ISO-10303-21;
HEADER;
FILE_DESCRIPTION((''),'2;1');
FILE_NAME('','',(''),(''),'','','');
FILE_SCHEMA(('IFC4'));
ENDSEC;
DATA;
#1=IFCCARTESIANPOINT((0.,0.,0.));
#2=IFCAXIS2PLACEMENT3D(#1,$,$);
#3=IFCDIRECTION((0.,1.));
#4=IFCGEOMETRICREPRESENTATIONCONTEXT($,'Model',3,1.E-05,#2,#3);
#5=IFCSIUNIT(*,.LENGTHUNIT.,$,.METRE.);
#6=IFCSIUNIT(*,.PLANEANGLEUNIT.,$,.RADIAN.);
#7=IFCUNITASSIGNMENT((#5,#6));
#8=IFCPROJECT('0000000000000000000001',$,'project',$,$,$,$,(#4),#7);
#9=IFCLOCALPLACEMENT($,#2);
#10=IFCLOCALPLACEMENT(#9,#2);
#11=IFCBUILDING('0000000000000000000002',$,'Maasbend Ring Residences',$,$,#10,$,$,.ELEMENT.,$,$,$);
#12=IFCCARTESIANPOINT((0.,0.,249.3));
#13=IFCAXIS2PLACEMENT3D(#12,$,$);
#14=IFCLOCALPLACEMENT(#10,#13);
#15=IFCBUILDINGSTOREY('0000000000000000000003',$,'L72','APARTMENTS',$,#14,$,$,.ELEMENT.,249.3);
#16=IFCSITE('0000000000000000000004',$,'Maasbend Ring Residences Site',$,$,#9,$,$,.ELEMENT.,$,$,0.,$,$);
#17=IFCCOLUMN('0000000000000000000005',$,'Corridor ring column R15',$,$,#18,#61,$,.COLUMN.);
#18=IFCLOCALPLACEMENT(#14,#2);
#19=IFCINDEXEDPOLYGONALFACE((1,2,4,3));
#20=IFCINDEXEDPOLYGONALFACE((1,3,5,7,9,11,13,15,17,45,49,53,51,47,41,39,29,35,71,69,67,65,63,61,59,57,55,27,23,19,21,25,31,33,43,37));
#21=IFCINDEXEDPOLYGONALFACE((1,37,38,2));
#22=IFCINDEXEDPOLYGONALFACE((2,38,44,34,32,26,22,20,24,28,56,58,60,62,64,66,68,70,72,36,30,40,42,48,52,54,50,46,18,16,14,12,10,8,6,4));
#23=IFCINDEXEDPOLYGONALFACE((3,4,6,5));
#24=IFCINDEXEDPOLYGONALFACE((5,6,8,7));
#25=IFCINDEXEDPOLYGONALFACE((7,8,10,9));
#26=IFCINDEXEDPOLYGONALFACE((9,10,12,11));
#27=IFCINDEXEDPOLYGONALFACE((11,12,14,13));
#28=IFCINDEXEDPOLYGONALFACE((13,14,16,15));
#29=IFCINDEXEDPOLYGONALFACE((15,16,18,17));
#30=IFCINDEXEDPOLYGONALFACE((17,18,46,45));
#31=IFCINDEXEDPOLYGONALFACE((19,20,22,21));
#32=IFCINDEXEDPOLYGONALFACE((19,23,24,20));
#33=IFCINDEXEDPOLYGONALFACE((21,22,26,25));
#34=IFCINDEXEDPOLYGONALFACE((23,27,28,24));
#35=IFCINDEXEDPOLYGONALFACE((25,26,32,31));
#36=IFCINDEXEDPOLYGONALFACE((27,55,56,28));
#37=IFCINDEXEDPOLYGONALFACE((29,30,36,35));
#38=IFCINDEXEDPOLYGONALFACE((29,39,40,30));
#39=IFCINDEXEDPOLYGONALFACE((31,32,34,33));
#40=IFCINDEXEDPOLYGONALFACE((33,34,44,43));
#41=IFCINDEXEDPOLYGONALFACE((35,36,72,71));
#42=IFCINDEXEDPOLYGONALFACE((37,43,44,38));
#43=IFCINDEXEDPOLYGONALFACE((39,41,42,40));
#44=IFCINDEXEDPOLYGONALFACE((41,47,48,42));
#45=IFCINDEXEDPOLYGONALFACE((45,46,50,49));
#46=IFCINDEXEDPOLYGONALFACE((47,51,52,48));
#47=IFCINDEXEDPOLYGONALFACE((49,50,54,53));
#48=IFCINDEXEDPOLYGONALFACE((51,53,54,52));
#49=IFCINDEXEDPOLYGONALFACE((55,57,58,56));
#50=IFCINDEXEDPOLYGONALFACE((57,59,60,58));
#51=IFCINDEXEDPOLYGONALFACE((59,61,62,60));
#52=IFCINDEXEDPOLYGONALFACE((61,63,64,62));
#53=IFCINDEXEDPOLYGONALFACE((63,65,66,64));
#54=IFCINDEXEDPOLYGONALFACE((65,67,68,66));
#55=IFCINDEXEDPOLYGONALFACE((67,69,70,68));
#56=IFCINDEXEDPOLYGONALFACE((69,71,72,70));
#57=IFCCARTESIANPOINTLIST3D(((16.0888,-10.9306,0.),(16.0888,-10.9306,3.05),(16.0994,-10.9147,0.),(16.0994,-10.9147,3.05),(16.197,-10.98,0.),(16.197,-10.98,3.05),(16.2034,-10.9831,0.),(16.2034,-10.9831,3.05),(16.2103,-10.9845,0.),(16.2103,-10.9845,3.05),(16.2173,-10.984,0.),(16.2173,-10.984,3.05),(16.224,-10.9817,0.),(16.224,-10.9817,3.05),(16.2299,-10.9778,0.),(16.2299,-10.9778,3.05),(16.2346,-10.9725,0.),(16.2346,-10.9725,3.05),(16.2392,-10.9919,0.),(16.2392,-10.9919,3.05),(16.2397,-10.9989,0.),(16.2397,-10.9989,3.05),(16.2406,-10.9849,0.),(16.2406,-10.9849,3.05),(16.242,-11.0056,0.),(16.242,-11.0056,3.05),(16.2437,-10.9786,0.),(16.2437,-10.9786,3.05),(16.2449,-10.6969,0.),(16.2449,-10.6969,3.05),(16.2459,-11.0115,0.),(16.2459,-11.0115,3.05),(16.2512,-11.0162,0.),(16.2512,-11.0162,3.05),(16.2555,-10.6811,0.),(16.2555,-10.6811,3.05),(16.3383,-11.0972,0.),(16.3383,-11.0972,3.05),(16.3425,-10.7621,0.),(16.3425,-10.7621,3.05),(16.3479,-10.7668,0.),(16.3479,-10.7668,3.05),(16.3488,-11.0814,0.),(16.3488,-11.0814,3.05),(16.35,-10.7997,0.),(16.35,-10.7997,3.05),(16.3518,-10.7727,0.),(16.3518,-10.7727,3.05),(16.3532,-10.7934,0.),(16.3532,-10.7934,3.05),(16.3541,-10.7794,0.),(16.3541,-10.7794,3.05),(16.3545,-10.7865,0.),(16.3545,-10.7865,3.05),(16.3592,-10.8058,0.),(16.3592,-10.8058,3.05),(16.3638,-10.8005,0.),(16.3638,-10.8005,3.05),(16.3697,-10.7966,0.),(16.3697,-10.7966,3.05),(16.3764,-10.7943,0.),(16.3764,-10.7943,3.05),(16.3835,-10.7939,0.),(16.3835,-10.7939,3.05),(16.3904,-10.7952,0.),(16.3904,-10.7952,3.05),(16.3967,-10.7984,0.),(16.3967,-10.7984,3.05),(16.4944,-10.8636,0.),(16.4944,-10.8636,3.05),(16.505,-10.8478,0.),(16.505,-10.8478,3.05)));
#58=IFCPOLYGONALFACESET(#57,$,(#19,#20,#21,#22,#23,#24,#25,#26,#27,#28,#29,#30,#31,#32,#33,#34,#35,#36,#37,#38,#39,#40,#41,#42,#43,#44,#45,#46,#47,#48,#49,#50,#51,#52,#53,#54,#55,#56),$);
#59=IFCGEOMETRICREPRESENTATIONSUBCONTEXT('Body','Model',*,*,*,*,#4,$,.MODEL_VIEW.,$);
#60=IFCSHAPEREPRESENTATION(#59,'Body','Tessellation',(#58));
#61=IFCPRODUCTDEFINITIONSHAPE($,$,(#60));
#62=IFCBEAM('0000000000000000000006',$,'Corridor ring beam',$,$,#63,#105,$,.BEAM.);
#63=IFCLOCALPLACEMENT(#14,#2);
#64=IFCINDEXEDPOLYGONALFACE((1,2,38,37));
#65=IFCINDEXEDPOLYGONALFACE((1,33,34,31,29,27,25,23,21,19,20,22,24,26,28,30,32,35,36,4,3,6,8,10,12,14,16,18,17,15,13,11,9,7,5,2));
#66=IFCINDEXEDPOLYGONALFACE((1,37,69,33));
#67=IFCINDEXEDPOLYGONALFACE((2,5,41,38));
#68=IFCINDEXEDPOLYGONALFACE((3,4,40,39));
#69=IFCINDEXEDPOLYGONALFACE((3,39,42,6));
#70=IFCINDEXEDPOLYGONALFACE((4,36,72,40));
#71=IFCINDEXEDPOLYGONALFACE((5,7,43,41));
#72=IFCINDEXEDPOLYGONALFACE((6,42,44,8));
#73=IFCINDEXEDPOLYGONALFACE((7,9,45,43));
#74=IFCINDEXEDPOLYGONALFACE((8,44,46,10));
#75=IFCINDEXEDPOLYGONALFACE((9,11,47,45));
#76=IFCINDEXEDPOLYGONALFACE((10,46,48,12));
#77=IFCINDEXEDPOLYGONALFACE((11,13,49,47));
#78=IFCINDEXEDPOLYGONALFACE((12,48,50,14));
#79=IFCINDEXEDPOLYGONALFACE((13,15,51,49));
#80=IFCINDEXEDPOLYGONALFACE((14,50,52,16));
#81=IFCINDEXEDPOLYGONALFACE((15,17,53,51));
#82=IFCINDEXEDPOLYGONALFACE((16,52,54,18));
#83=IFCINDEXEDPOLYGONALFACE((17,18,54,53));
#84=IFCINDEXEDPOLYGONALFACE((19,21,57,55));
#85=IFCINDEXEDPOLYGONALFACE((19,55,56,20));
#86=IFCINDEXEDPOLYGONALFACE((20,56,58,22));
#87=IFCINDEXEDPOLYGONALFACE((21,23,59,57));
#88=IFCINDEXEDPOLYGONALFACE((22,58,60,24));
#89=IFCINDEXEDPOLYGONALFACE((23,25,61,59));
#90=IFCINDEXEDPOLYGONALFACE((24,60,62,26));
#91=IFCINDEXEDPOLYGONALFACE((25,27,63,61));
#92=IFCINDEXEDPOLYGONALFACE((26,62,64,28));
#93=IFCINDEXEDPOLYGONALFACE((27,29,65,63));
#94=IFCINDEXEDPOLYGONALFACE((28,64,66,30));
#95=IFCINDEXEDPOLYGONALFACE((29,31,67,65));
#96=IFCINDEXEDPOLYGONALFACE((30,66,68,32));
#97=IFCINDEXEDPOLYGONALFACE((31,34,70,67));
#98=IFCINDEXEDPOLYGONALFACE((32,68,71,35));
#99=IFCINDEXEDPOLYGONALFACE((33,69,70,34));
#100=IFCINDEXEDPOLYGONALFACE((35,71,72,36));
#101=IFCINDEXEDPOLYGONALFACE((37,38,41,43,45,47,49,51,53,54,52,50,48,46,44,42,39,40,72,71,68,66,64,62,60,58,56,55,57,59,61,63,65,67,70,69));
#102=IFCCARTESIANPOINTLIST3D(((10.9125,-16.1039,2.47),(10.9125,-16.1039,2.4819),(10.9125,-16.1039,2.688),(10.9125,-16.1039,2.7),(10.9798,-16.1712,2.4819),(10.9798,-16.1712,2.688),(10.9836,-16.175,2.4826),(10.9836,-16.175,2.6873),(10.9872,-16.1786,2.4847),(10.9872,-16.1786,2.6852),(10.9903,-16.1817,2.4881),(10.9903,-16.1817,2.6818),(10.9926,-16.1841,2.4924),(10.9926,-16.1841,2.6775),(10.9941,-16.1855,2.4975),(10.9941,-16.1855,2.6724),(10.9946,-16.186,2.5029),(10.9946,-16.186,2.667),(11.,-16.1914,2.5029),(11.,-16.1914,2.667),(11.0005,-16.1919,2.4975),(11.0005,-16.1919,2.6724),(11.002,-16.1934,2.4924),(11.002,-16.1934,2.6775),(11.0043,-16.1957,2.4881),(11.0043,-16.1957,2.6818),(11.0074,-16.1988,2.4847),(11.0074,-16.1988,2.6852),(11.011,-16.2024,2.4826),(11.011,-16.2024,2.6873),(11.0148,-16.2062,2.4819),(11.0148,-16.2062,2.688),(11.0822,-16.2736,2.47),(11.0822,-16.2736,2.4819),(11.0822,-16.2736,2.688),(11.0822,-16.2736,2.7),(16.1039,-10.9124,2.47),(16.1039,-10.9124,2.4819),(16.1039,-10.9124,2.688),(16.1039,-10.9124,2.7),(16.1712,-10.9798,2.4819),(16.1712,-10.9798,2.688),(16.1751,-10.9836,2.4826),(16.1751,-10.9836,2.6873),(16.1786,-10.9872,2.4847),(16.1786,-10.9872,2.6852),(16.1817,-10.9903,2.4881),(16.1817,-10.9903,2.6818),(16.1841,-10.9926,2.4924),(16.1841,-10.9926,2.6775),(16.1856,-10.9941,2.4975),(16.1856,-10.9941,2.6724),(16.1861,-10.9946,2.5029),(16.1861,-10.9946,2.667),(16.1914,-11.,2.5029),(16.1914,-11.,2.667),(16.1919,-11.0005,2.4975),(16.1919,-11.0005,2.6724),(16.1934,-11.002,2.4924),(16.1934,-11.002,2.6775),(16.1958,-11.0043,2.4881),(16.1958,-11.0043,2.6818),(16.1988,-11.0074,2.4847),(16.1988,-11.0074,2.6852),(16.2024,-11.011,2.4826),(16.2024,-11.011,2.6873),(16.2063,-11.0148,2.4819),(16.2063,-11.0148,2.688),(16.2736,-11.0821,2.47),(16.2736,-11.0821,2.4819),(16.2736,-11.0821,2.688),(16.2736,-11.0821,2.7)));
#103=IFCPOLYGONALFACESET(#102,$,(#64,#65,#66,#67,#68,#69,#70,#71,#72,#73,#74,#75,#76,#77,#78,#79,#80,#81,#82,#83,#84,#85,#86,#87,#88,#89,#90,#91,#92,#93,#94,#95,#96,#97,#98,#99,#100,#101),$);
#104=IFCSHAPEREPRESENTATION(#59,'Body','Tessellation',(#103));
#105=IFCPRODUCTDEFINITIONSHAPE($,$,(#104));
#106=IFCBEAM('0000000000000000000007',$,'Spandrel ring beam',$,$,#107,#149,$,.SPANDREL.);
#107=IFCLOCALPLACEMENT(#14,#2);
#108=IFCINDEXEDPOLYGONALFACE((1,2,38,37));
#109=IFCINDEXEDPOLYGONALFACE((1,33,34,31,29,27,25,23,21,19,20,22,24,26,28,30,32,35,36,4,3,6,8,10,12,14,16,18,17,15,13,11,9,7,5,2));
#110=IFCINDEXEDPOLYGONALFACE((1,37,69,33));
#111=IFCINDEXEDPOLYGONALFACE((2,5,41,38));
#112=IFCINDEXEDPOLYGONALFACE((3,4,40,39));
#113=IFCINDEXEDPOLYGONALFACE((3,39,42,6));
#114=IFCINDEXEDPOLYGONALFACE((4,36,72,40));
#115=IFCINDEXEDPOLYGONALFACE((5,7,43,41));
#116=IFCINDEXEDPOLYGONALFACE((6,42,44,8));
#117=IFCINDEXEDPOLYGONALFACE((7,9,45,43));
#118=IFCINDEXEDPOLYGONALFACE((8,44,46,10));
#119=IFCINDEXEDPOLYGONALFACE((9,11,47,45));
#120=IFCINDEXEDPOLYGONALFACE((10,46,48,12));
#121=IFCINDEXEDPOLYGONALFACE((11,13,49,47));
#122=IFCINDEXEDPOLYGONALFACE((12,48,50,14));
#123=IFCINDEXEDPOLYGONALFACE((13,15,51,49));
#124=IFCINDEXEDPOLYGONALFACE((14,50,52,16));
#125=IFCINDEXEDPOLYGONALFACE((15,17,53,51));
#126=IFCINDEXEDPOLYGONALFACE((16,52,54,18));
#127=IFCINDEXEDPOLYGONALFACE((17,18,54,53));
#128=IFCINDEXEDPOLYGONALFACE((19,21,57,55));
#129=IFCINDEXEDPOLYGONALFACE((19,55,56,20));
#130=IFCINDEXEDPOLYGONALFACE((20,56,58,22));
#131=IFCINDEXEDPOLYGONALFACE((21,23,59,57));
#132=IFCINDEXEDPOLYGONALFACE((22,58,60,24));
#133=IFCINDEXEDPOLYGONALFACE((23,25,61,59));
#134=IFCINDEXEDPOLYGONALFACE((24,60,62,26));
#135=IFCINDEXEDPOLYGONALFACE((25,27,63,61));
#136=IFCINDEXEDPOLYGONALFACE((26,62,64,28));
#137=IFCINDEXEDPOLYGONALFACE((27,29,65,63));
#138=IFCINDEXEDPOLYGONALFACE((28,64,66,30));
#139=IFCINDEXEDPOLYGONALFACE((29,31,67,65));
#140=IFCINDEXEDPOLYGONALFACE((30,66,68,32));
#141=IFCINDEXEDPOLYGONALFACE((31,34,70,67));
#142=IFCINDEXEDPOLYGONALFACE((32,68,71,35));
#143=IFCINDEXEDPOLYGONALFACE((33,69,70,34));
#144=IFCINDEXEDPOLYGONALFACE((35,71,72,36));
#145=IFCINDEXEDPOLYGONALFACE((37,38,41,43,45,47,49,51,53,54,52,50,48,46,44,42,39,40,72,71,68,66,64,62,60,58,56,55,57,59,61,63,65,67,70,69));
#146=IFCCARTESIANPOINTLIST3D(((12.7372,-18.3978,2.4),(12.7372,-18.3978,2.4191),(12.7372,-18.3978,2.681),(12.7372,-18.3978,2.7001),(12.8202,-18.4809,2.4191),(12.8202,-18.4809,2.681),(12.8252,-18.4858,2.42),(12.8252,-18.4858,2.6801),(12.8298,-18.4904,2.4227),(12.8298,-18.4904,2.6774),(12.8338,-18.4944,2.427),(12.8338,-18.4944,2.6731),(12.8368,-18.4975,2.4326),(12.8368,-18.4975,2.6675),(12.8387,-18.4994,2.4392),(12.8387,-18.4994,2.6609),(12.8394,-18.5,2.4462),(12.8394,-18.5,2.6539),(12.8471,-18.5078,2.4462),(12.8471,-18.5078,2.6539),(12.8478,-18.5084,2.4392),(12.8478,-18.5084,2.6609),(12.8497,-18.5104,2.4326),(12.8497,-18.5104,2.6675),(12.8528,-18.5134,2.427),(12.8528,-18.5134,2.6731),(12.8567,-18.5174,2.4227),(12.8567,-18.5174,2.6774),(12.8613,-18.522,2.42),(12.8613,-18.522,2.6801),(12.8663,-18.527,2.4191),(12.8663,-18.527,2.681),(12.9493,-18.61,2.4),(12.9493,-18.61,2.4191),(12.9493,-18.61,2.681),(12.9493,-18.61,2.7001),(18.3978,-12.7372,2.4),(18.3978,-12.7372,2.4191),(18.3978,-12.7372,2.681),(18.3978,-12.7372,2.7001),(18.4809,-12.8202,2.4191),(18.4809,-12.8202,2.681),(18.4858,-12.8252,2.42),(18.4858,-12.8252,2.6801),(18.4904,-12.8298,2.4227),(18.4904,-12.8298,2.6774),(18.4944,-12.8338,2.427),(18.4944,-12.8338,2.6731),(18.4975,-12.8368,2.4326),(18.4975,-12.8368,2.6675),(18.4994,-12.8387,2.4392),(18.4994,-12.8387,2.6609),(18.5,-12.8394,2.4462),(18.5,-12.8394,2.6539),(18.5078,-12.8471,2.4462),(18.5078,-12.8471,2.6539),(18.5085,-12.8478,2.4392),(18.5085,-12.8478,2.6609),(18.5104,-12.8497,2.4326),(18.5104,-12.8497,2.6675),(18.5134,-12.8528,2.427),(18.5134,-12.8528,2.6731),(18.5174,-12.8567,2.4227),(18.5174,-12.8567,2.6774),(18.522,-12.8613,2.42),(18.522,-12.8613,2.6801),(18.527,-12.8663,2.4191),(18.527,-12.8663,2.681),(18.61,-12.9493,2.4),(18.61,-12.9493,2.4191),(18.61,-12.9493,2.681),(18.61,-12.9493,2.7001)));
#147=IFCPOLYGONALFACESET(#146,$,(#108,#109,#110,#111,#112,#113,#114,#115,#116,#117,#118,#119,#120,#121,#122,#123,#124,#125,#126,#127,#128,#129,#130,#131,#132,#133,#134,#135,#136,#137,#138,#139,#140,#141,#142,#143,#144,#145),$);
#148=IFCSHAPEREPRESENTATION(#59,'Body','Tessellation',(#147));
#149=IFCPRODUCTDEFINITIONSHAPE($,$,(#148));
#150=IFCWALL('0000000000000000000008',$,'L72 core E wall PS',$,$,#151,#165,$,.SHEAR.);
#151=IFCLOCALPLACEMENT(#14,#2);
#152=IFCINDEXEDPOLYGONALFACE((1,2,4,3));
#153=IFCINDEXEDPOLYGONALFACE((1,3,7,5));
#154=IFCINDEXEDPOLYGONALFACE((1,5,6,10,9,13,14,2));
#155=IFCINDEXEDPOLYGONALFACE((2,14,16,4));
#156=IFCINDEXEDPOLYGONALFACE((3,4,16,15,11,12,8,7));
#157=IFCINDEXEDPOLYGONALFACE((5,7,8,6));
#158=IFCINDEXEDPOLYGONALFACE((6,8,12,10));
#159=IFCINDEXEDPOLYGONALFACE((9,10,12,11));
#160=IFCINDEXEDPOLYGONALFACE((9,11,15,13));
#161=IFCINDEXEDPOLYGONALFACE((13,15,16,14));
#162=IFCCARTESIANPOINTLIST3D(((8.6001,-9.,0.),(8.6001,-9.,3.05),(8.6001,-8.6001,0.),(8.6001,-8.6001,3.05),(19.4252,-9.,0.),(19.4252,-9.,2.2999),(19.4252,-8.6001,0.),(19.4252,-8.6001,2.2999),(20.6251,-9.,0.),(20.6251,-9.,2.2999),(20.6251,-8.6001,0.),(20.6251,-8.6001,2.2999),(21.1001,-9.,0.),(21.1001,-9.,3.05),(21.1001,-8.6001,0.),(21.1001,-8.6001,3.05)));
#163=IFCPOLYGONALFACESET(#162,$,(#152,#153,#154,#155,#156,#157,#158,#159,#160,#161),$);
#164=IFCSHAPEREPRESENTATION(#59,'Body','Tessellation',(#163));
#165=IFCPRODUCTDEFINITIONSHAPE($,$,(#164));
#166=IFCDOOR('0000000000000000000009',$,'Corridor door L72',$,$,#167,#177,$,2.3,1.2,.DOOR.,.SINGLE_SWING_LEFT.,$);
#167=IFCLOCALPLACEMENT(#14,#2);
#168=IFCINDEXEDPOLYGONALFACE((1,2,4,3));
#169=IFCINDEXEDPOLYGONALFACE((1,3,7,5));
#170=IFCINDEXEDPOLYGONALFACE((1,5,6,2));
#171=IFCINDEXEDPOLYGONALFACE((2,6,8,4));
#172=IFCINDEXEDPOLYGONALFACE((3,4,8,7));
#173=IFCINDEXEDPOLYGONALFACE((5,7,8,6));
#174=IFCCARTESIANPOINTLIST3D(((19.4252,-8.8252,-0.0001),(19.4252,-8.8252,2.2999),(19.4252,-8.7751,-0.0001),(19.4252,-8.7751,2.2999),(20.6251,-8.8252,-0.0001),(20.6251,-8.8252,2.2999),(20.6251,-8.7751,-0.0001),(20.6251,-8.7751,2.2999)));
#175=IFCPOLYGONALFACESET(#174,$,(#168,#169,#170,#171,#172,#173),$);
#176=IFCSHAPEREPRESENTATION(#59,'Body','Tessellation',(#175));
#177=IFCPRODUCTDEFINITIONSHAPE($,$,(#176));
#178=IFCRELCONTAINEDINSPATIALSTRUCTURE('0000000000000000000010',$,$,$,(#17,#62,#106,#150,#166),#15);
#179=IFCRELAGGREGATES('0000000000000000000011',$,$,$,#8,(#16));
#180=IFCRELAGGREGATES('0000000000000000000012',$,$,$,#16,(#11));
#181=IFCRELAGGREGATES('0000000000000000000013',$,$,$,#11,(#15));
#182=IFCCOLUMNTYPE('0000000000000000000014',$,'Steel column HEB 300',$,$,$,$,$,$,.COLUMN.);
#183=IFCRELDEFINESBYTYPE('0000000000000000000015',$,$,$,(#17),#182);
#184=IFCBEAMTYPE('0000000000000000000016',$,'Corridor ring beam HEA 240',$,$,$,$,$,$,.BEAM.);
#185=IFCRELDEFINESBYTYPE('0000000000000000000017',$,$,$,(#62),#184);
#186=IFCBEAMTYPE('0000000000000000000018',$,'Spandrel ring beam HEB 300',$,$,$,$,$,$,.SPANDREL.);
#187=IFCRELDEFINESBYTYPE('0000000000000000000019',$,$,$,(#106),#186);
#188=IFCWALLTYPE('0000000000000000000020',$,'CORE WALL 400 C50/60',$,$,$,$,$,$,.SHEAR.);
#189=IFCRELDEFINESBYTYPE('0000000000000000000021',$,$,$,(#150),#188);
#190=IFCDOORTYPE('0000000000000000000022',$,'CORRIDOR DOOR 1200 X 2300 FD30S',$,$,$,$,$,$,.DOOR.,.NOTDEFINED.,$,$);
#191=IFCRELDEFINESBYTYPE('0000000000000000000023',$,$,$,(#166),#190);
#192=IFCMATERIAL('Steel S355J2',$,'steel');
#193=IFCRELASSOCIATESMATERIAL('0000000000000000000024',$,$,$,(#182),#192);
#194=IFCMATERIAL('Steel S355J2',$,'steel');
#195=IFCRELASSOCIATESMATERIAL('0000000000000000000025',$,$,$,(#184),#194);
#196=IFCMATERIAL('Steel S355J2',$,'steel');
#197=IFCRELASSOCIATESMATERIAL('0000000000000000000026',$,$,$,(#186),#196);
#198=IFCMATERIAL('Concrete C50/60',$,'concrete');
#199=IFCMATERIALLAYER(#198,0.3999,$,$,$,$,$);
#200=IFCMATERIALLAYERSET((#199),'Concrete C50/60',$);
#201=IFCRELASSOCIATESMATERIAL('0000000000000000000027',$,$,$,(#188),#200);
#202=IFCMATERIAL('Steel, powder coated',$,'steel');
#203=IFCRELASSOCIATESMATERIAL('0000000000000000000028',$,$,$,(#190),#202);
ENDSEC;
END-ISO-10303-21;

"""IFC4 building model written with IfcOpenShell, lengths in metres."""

from ifc_helpers import new_model, si_unit, direction, frame, frame_2d, origin, origin_2d, place, context, subcontext, project, spatial, rectangle, i_section, extrude, material, layer, layer_set, material_profile, profile_set, type_object, element, fill, save


model = new_model("IFC4")

# Units and contexts
model_context = context("Model", 3, precision=1e-05, world=origin(), true_north=direction((0.0, 1.0)))
body_context = subcontext(model_context, "Body", "Model", "MODEL_VIEW")
ifc_project = project(units=[si_unit("LENGTHUNIT", "METRE"), si_unit("PLANEANGLEUNIT", "RADIAN")], contexts=[model_context])

# Site, building, storey
site_placement = place(None, origin())
site = spatial("IfcSite", under=ifc_project, at=site_placement, Name="Maasbend Ring Residences Site", CompositionType="ELEMENT", RefElevation=0.0)
building_placement = place(site_placement, origin())
building = spatial("IfcBuilding", under=site, at=building_placement, Name="Maasbend Ring Residences", CompositionType="ELEMENT")
storey_placement = place(building_placement, frame((0.0, 0.0, 249.3)))
storey = spatial("IfcBuildingStorey", under=building, at=storey_placement, Name="L72", Description="APARTMENTS", CompositionType="ELEMENT", Elevation=249.3)

# Column
ifc_material_1 = material(Name="Steel S355J2", Category="steel")
ifc_material_profile_1 = material_profile(ifc_material_1, i_section(OverallWidth=0.3, OverallDepth=0.3, WebThickness=0.011, FlangeThickness=0.019, FilletRadius=0.0271, at=origin_2d()), Name="HEB 300")
ifc_profile_set_1 = profile_set([ifc_material_profile_1], Name="Steel S355J2")
column_type_1 = type_object("IfcColumnType", Name="Steel column HEB 300", PredefinedType="COLUMN", material=ifc_profile_set_1)
for number, where, z_axis, x_axis, name in (
    (1, (16.2969, -10.8892, 0.0), (0.0, 0.0, 1.0), (0.83147, -0.55557, 0.0), "Corridor ring column R15"),
):
    element("IfcColumn", number, at=place(storey_placement, frame(where, z_axis=z_axis, x_axis=x_axis)), inside=storey, type_object=column_type_1, Name=name, PredefinedType="COLUMN", context=body_context, shape_type="SweptSolid", body=[
        extrude(i_section(OverallWidth=0.3, OverallDepth=0.3, WebThickness=0.011, FlangeThickness=0.019, FilletRadius=0.0271, at=origin_2d()), origin(), (0.0, 0.0, 1.0), 3.05),
    ])

# Beams
ifc_material_2 = material(Name="Steel S355J2", Category="steel")
ifc_material_profile_2 = material_profile(ifc_material_2, i_section(OverallWidth=0.24, OverallDepth=0.23, WebThickness=0.0076, FlangeThickness=0.012, FilletRadius=0.021, at=origin_2d()), Name="HEA 240")
ifc_profile_set_2 = profile_set([ifc_material_profile_2], Name="Steel S355J2")
beam_type_1 = type_object("IfcBeamType", Name="Corridor ring beam HEA 240", PredefinedType="BEAM", material=ifc_profile_set_2)
beam_1_placement = place(storey_placement, frame((10.9973, -16.1887, 2.585), z_axis=(0.707107, 0.707107, 0.0), x_axis=(-0.707107, 0.707107, 0.0)))
element("IfcBeam", 2, at=beam_1_placement, inside=storey, type_object=beam_type_1, Name="Corridor ring beam", PredefinedType="BEAM", context=body_context, shape_type="SweptSolid", body=[
    extrude(i_section(OverallWidth=0.24, OverallDepth=0.23, WebThickness=0.0076, FlangeThickness=0.012, FilletRadius=0.021, at=origin_2d()), origin(), (0.0, 0.0, 1.0), 7.3418),
])
ifc_material_3 = material(Name="Steel S355J2", Category="steel")
ifc_material_profile_3 = material_profile(ifc_material_3, i_section(OverallWidth=0.3, OverallDepth=0.3, WebThickness=0.011, FlangeThickness=0.019, FilletRadius=0.0271, at=origin_2d()), Name="HEB 300")
ifc_profile_set_3 = profile_set([ifc_material_profile_3], Name="Steel S355J2")
beam_type_2 = type_object("IfcBeamType", Name="Spandrel ring beam HEB 300", PredefinedType="SPANDREL", material=ifc_profile_set_3)
beam_2_placement = place(storey_placement, frame((12.8433, -18.5039, 2.55), z_axis=(0.707107, 0.707107, 0.0), x_axis=(-0.707107, 0.707107, 0.0)))
element("IfcBeam", 3, at=beam_2_placement, inside=storey, type_object=beam_type_2, Name="Spandrel ring beam", PredefinedType="SPANDREL", context=body_context, shape_type="SweptSolid", body=[
    extrude(i_section(OverallWidth=0.3, OverallDepth=0.3, WebThickness=0.011, FlangeThickness=0.019, FilletRadius=0.0271, at=origin_2d()), origin(), (0.0, 0.0, 1.0), 8.0054),
])

# Wall, opening, door
ifc_material_4 = material(Name="Concrete C50/60", Category="concrete")
ifc_layer_1 = layer(ifc_material_4, 0.3999)
ifc_layer_set_1 = layer_set([ifc_layer_1], Name="Concrete C50/60")
wall_type_1 = type_object("IfcWallType", Name="CORE WALL 400 C50/60", PredefinedType="SHEAR", material=ifc_layer_set_1)
wall_1_placement = place(storey_placement, frame((8.6001, -8.8, 0.0), z_axis=(0.0, 0.0, 1.0), x_axis=(1.0, 0.0, 0.0)))
wall_1 = element("IfcWall", 4, at=wall_1_placement, inside=storey, type_object=wall_type_1, Name="L72 core E wall PS", PredefinedType="SHEAR", context=body_context, shape_type="SweptSolid", body=[
    extrude(rectangle(XDim=12.5, YDim=0.3999, at=frame_2d((6.25, 0.0))), origin(), (0.0, 0.0, 1.0), 3.05),
])
opening_1_placement = place(wall_1_placement, frame((10.825, 0.0, 0.0)))
opening_1 = element("IfcOpeningElement", 5, at=opening_1_placement, cuts=wall_1, PredefinedType="OPENING", context=body_context, shape_type="SweptSolid", body=[
    extrude(rectangle(XDim=1.2, YDim=2.3, at=frame_2d((0.6001, 1.1499))), frame((0.0, 0.21, 0.0), z_axis=(0.0, -1.0, 0.0), x_axis=(1.0, 0.0, 0.0)), (0.0, 0.0, 1.0), 0.4199),
])
ifc_material_5 = material(Name="Steel, powder coated", Category="steel")
door_type_1 = type_object("IfcDoorType", Name="CORRIDOR DOOR 1200 X 2300 FD30S", OperationType="NOTDEFINED", PredefinedType="DOOR", material=ifc_material_5)
door_1_placement = place(opening_1_placement, origin())
door_1 = element("IfcDoor", 6, at=door_1_placement, inside=storey, type_object=door_type_1, Name="Corridor door L72", OperationType="SINGLE_SWING_LEFT", OverallHeight=2.3, OverallWidth=1.2, PredefinedType="DOOR", context=body_context, shape_type="SweptSolid", body=[
    extrude(rectangle(XDim=1.2, YDim=2.3, at=frame_2d((0.6001, 1.1499))), frame((0.0, 0.0249, 0.0), z_axis=(0.0, -1.0, 0.0), x_axis=(1.0, 0.0, 0.0)), (0.0, 0.0, 1.0), 0.05),
])
fill(opening_1, door_1)

save(model, "model.ifc")
